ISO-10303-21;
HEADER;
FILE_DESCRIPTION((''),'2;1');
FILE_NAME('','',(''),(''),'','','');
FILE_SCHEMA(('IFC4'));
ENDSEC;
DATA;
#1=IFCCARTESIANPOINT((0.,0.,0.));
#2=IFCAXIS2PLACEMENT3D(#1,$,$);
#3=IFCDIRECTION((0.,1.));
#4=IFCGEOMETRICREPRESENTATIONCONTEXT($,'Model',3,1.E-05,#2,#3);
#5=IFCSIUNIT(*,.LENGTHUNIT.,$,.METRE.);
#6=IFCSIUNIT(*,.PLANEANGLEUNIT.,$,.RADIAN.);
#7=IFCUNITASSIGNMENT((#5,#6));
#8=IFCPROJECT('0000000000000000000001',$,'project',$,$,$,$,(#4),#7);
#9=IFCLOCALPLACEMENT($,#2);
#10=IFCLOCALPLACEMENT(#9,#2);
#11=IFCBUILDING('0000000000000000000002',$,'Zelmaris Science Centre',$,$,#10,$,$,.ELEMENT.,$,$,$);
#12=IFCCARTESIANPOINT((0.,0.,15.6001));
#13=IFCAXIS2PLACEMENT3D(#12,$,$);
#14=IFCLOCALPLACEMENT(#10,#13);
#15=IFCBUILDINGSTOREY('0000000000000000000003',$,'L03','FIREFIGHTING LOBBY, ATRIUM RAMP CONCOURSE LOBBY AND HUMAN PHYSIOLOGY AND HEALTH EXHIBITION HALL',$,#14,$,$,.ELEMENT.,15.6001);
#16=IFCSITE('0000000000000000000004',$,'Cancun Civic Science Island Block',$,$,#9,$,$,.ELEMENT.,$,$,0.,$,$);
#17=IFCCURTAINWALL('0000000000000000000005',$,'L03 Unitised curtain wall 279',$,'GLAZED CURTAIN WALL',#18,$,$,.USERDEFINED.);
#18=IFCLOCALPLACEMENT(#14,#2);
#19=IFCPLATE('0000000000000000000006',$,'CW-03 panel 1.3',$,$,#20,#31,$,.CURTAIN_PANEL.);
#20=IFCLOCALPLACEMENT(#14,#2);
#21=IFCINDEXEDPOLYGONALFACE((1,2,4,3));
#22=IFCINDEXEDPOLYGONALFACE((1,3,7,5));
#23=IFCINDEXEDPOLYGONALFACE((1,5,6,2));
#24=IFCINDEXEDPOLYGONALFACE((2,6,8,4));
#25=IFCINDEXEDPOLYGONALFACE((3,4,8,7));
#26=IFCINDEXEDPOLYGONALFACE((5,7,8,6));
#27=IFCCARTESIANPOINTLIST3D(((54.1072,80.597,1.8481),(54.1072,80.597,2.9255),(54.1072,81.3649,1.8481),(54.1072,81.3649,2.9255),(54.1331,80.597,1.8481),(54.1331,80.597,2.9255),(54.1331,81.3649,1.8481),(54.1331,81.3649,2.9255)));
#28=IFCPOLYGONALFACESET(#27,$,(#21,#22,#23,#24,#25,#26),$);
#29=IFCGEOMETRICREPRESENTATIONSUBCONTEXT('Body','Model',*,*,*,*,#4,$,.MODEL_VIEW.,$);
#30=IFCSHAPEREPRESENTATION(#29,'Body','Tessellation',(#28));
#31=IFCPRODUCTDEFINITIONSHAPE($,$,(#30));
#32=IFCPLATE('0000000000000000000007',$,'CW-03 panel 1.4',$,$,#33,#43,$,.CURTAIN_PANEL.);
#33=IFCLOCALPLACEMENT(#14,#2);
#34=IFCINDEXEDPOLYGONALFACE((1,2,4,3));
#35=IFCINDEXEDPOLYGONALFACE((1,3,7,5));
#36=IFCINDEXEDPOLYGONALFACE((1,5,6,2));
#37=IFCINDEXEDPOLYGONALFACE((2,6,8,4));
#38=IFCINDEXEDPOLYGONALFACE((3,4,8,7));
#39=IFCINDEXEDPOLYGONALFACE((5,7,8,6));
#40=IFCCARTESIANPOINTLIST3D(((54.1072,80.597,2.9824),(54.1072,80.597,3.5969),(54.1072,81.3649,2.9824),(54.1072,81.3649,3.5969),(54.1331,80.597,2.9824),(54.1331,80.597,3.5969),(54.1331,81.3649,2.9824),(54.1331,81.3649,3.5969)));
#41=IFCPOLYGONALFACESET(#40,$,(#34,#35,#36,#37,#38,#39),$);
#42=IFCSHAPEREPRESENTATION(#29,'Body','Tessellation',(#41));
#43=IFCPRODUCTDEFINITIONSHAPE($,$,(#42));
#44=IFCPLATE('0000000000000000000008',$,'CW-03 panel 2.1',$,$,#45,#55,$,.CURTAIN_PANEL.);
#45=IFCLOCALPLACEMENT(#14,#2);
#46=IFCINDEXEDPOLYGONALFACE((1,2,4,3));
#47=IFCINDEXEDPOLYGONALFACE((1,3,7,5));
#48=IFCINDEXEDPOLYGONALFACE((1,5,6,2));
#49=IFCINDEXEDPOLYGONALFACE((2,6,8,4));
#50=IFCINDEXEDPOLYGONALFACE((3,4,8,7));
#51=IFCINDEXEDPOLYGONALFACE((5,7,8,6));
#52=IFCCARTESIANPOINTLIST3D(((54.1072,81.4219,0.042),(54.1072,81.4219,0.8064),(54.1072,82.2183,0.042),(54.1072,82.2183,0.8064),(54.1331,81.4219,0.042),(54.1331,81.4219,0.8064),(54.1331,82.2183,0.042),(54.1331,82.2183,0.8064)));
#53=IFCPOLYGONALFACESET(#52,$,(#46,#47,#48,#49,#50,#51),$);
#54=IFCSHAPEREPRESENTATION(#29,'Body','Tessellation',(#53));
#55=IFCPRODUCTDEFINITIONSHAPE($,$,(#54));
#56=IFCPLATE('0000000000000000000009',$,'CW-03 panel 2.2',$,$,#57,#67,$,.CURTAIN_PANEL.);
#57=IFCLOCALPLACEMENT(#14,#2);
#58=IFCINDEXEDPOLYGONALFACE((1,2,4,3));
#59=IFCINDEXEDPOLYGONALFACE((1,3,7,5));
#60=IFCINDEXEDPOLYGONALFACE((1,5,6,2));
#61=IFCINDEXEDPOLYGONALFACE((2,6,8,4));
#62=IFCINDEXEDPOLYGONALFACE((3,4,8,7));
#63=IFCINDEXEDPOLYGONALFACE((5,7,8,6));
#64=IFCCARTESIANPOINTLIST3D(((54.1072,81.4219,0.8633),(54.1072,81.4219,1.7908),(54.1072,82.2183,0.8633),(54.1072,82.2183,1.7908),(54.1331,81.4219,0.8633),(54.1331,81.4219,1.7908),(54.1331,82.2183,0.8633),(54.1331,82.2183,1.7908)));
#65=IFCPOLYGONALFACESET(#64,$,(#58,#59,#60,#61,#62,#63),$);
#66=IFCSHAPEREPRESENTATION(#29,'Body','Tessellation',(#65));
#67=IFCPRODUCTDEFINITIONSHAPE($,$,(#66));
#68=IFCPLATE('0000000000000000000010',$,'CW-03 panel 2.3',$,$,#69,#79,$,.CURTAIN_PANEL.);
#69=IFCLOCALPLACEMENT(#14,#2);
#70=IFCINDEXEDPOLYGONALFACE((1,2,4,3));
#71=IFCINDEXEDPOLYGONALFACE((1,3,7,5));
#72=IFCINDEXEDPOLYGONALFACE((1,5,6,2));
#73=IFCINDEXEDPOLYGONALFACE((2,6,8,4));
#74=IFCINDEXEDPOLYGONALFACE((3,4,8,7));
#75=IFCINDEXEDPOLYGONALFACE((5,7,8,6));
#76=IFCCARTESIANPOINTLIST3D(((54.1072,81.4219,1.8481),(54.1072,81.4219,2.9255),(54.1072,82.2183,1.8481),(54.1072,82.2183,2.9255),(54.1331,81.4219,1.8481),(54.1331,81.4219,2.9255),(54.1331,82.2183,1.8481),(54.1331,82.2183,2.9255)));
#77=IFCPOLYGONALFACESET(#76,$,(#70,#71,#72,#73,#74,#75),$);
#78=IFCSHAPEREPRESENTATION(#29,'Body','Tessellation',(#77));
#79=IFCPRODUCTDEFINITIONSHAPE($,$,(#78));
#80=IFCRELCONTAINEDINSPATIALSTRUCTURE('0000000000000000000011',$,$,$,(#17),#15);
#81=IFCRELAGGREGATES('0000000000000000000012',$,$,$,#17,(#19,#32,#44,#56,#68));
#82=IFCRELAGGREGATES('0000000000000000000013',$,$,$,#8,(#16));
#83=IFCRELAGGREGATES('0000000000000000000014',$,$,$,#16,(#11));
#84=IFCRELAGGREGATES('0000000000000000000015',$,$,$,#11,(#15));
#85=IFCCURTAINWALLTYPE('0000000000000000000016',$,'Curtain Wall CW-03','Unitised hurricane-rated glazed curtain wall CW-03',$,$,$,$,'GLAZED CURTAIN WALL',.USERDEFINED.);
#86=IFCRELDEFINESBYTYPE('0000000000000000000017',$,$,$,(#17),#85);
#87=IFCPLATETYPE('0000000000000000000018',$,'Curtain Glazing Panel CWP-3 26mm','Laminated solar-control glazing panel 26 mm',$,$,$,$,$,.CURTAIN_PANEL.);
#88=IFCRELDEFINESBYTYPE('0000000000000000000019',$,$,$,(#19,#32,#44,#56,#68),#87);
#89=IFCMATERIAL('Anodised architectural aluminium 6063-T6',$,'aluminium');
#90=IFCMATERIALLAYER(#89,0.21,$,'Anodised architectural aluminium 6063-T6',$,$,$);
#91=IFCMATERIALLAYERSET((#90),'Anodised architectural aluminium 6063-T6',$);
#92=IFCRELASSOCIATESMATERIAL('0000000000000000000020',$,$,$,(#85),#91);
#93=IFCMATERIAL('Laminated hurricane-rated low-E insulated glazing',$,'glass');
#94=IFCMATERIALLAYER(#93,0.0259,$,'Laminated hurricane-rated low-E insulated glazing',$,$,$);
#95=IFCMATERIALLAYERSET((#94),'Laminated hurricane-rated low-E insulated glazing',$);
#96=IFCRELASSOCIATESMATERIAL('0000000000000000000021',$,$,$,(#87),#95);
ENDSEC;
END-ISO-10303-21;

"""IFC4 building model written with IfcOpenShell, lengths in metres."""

from ifc_helpers import new_model, si_unit, direction, frame, origin, origin_2d, place, context, subcontext, project, spatial, rectangle, extrude, material, layer, layer_set, type_object, element, aggregate, save


model = new_model("IFC4")

# Units and contexts
model_context = context("Model", 3, precision=1e-05, world=origin(), true_north=direction((0.0, 1.0)))
body_context = subcontext(model_context, "Body", "Model", "MODEL_VIEW")
ifc_project = project(units=[si_unit("LENGTHUNIT", "METRE"), si_unit("PLANEANGLEUNIT", "RADIAN")], contexts=[model_context])

# Site, building, storey
site_placement = place(None, origin())
site = spatial("IfcSite", under=ifc_project, at=site_placement, Name="Cancun Civic Science Island Block", CompositionType="ELEMENT", RefElevation=0.0)
building_placement = place(site_placement, origin())
building = spatial("IfcBuilding", under=site, at=building_placement, Name="Zelmaris Science Centre", CompositionType="ELEMENT")
storey_placement = place(building_placement, frame((0.0, 0.0, 15.6001)))
storey = spatial("IfcBuildingStorey", under=building, at=storey_placement, Name="L03", Description="FIREFIGHTING LOBBY, ATRIUM RAMP CONCOURSE LOBBY AND HUMAN PHYSIOLOGY AND HEALTH EXHIBITION HALL", CompositionType="ELEMENT", Elevation=15.6001)

# Curtain wall
ifc_material_1 = material(Name="Anodised architectural aluminium 6063-T6", Category="aluminium")
ifc_layer_1 = layer(ifc_material_1, 0.21, Name="Anodised architectural aluminium 6063-T6")
ifc_layer_set_1 = layer_set([ifc_layer_1], Name="Anodised architectural aluminium 6063-T6")
curtain_wall_type_1 = type_object("IfcCurtainWallType", Name="Curtain Wall CW-03", Description="Unitised hurricane-rated glazed curtain wall CW-03", ElementType="GLAZED CURTAIN WALL", PredefinedType="USERDEFINED", material=ifc_layer_set_1)
curtain_wall_1_placement = place(storey_placement, origin())
curtain_wall_1 = element("IfcCurtainWall", 1, at=curtain_wall_1_placement, inside=storey, type_object=curtain_wall_type_1, Name="L03 Unitised curtain wall 279", ObjectType="GLAZED CURTAIN WALL", PredefinedType="USERDEFINED")

# Plates
ifc_material_2 = material(Name="Laminated hurricane-rated low-E insulated glazing", Category="glass")
ifc_layer_2 = layer(ifc_material_2, 0.0259, Name="Laminated hurricane-rated low-E insulated glazing")
ifc_layer_set_2 = layer_set([ifc_layer_2], Name="Laminated hurricane-rated low-E insulated glazing")
plate_type_1 = type_object("IfcPlateType", Name="Curtain Glazing Panel CWP-3 26mm", Description="Laminated solar-control glazing panel 26 mm", PredefinedType="CURTAIN_PANEL", material=ifc_layer_set_2)
plate_1_placement = place(storey_placement, frame((54.1201, 80.981, 1.8481), z_axis=(0.0, 0.0, 1.0), x_axis=(0.0, 1.0, 0.0)))
plate_1 = element("IfcPlate", 2, at=plate_1_placement, type_object=plate_type_1, Name="CW-03 panel 1.3", PredefinedType="CURTAIN_PANEL", context=body_context, shape_type="SweptSolid", body=[
    extrude(rectangle(XDim=0.7678, YDim=0.0259, at=origin_2d()), origin(), (0.0, 0.0, 1.0), 1.0774),
])
plate_2_placement = place(storey_placement, frame((54.1201, 80.981, 2.9824), z_axis=(0.0, 0.0, 1.0), x_axis=(0.0, 1.0, 0.0)))
plate_2 = element("IfcPlate", 3, at=plate_2_placement, type_object=plate_type_1, Name="CW-03 panel 1.4", PredefinedType="CURTAIN_PANEL", context=body_context, shape_type="SweptSolid", body=[
    extrude(rectangle(XDim=0.7678, YDim=0.0259, at=origin_2d()), origin(), (0.0, 0.0, 1.0), 0.6145),
])
plate_3_placement = place(storey_placement, frame((54.1201, 81.8201, 0.042), z_axis=(0.0, 0.0, 1.0), x_axis=(0.0, 1.0, 0.0)))
plate_3 = element("IfcPlate", 4, at=plate_3_placement, type_object=plate_type_1, Name="CW-03 panel 2.1", PredefinedType="CURTAIN_PANEL", context=body_context, shape_type="SweptSolid", body=[
    extrude(rectangle(XDim=0.7964, YDim=0.0259, at=origin_2d()), origin(), (0.0, 0.0, 1.0), 0.7644),
])
plate_4_placement = place(storey_placement, frame((54.1201, 81.8201, 0.8633), z_axis=(0.0, 0.0, 1.0), x_axis=(0.0, 1.0, 0.0)))
plate_4 = element("IfcPlate", 5, at=plate_4_placement, type_object=plate_type_1, Name="CW-03 panel 2.2", PredefinedType="CURTAIN_PANEL", context=body_context, shape_type="SweptSolid", body=[
    extrude(rectangle(XDim=0.7964, YDim=0.0259, at=origin_2d()), origin(), (0.0, 0.0, 1.0), 0.9275),
])
plate_5_placement = place(storey_placement, frame((54.1201, 81.8201, 1.8481), z_axis=(0.0, 0.0, 1.0), x_axis=(0.0, 1.0, 0.0)))
plate_5 = element("IfcPlate", 6, at=plate_5_placement, type_object=plate_type_1, Name="CW-03 panel 2.3", PredefinedType="CURTAIN_PANEL", context=body_context, shape_type="SweptSolid", body=[
    extrude(rectangle(XDim=0.7964, YDim=0.0259, at=origin_2d()), origin(), (0.0, 0.0, 1.0), 1.0774),
])
aggregate(curtain_wall_1, [plate_1, plate_2, plate_3, plate_4, plate_5])

save(model, "model.ifc")
